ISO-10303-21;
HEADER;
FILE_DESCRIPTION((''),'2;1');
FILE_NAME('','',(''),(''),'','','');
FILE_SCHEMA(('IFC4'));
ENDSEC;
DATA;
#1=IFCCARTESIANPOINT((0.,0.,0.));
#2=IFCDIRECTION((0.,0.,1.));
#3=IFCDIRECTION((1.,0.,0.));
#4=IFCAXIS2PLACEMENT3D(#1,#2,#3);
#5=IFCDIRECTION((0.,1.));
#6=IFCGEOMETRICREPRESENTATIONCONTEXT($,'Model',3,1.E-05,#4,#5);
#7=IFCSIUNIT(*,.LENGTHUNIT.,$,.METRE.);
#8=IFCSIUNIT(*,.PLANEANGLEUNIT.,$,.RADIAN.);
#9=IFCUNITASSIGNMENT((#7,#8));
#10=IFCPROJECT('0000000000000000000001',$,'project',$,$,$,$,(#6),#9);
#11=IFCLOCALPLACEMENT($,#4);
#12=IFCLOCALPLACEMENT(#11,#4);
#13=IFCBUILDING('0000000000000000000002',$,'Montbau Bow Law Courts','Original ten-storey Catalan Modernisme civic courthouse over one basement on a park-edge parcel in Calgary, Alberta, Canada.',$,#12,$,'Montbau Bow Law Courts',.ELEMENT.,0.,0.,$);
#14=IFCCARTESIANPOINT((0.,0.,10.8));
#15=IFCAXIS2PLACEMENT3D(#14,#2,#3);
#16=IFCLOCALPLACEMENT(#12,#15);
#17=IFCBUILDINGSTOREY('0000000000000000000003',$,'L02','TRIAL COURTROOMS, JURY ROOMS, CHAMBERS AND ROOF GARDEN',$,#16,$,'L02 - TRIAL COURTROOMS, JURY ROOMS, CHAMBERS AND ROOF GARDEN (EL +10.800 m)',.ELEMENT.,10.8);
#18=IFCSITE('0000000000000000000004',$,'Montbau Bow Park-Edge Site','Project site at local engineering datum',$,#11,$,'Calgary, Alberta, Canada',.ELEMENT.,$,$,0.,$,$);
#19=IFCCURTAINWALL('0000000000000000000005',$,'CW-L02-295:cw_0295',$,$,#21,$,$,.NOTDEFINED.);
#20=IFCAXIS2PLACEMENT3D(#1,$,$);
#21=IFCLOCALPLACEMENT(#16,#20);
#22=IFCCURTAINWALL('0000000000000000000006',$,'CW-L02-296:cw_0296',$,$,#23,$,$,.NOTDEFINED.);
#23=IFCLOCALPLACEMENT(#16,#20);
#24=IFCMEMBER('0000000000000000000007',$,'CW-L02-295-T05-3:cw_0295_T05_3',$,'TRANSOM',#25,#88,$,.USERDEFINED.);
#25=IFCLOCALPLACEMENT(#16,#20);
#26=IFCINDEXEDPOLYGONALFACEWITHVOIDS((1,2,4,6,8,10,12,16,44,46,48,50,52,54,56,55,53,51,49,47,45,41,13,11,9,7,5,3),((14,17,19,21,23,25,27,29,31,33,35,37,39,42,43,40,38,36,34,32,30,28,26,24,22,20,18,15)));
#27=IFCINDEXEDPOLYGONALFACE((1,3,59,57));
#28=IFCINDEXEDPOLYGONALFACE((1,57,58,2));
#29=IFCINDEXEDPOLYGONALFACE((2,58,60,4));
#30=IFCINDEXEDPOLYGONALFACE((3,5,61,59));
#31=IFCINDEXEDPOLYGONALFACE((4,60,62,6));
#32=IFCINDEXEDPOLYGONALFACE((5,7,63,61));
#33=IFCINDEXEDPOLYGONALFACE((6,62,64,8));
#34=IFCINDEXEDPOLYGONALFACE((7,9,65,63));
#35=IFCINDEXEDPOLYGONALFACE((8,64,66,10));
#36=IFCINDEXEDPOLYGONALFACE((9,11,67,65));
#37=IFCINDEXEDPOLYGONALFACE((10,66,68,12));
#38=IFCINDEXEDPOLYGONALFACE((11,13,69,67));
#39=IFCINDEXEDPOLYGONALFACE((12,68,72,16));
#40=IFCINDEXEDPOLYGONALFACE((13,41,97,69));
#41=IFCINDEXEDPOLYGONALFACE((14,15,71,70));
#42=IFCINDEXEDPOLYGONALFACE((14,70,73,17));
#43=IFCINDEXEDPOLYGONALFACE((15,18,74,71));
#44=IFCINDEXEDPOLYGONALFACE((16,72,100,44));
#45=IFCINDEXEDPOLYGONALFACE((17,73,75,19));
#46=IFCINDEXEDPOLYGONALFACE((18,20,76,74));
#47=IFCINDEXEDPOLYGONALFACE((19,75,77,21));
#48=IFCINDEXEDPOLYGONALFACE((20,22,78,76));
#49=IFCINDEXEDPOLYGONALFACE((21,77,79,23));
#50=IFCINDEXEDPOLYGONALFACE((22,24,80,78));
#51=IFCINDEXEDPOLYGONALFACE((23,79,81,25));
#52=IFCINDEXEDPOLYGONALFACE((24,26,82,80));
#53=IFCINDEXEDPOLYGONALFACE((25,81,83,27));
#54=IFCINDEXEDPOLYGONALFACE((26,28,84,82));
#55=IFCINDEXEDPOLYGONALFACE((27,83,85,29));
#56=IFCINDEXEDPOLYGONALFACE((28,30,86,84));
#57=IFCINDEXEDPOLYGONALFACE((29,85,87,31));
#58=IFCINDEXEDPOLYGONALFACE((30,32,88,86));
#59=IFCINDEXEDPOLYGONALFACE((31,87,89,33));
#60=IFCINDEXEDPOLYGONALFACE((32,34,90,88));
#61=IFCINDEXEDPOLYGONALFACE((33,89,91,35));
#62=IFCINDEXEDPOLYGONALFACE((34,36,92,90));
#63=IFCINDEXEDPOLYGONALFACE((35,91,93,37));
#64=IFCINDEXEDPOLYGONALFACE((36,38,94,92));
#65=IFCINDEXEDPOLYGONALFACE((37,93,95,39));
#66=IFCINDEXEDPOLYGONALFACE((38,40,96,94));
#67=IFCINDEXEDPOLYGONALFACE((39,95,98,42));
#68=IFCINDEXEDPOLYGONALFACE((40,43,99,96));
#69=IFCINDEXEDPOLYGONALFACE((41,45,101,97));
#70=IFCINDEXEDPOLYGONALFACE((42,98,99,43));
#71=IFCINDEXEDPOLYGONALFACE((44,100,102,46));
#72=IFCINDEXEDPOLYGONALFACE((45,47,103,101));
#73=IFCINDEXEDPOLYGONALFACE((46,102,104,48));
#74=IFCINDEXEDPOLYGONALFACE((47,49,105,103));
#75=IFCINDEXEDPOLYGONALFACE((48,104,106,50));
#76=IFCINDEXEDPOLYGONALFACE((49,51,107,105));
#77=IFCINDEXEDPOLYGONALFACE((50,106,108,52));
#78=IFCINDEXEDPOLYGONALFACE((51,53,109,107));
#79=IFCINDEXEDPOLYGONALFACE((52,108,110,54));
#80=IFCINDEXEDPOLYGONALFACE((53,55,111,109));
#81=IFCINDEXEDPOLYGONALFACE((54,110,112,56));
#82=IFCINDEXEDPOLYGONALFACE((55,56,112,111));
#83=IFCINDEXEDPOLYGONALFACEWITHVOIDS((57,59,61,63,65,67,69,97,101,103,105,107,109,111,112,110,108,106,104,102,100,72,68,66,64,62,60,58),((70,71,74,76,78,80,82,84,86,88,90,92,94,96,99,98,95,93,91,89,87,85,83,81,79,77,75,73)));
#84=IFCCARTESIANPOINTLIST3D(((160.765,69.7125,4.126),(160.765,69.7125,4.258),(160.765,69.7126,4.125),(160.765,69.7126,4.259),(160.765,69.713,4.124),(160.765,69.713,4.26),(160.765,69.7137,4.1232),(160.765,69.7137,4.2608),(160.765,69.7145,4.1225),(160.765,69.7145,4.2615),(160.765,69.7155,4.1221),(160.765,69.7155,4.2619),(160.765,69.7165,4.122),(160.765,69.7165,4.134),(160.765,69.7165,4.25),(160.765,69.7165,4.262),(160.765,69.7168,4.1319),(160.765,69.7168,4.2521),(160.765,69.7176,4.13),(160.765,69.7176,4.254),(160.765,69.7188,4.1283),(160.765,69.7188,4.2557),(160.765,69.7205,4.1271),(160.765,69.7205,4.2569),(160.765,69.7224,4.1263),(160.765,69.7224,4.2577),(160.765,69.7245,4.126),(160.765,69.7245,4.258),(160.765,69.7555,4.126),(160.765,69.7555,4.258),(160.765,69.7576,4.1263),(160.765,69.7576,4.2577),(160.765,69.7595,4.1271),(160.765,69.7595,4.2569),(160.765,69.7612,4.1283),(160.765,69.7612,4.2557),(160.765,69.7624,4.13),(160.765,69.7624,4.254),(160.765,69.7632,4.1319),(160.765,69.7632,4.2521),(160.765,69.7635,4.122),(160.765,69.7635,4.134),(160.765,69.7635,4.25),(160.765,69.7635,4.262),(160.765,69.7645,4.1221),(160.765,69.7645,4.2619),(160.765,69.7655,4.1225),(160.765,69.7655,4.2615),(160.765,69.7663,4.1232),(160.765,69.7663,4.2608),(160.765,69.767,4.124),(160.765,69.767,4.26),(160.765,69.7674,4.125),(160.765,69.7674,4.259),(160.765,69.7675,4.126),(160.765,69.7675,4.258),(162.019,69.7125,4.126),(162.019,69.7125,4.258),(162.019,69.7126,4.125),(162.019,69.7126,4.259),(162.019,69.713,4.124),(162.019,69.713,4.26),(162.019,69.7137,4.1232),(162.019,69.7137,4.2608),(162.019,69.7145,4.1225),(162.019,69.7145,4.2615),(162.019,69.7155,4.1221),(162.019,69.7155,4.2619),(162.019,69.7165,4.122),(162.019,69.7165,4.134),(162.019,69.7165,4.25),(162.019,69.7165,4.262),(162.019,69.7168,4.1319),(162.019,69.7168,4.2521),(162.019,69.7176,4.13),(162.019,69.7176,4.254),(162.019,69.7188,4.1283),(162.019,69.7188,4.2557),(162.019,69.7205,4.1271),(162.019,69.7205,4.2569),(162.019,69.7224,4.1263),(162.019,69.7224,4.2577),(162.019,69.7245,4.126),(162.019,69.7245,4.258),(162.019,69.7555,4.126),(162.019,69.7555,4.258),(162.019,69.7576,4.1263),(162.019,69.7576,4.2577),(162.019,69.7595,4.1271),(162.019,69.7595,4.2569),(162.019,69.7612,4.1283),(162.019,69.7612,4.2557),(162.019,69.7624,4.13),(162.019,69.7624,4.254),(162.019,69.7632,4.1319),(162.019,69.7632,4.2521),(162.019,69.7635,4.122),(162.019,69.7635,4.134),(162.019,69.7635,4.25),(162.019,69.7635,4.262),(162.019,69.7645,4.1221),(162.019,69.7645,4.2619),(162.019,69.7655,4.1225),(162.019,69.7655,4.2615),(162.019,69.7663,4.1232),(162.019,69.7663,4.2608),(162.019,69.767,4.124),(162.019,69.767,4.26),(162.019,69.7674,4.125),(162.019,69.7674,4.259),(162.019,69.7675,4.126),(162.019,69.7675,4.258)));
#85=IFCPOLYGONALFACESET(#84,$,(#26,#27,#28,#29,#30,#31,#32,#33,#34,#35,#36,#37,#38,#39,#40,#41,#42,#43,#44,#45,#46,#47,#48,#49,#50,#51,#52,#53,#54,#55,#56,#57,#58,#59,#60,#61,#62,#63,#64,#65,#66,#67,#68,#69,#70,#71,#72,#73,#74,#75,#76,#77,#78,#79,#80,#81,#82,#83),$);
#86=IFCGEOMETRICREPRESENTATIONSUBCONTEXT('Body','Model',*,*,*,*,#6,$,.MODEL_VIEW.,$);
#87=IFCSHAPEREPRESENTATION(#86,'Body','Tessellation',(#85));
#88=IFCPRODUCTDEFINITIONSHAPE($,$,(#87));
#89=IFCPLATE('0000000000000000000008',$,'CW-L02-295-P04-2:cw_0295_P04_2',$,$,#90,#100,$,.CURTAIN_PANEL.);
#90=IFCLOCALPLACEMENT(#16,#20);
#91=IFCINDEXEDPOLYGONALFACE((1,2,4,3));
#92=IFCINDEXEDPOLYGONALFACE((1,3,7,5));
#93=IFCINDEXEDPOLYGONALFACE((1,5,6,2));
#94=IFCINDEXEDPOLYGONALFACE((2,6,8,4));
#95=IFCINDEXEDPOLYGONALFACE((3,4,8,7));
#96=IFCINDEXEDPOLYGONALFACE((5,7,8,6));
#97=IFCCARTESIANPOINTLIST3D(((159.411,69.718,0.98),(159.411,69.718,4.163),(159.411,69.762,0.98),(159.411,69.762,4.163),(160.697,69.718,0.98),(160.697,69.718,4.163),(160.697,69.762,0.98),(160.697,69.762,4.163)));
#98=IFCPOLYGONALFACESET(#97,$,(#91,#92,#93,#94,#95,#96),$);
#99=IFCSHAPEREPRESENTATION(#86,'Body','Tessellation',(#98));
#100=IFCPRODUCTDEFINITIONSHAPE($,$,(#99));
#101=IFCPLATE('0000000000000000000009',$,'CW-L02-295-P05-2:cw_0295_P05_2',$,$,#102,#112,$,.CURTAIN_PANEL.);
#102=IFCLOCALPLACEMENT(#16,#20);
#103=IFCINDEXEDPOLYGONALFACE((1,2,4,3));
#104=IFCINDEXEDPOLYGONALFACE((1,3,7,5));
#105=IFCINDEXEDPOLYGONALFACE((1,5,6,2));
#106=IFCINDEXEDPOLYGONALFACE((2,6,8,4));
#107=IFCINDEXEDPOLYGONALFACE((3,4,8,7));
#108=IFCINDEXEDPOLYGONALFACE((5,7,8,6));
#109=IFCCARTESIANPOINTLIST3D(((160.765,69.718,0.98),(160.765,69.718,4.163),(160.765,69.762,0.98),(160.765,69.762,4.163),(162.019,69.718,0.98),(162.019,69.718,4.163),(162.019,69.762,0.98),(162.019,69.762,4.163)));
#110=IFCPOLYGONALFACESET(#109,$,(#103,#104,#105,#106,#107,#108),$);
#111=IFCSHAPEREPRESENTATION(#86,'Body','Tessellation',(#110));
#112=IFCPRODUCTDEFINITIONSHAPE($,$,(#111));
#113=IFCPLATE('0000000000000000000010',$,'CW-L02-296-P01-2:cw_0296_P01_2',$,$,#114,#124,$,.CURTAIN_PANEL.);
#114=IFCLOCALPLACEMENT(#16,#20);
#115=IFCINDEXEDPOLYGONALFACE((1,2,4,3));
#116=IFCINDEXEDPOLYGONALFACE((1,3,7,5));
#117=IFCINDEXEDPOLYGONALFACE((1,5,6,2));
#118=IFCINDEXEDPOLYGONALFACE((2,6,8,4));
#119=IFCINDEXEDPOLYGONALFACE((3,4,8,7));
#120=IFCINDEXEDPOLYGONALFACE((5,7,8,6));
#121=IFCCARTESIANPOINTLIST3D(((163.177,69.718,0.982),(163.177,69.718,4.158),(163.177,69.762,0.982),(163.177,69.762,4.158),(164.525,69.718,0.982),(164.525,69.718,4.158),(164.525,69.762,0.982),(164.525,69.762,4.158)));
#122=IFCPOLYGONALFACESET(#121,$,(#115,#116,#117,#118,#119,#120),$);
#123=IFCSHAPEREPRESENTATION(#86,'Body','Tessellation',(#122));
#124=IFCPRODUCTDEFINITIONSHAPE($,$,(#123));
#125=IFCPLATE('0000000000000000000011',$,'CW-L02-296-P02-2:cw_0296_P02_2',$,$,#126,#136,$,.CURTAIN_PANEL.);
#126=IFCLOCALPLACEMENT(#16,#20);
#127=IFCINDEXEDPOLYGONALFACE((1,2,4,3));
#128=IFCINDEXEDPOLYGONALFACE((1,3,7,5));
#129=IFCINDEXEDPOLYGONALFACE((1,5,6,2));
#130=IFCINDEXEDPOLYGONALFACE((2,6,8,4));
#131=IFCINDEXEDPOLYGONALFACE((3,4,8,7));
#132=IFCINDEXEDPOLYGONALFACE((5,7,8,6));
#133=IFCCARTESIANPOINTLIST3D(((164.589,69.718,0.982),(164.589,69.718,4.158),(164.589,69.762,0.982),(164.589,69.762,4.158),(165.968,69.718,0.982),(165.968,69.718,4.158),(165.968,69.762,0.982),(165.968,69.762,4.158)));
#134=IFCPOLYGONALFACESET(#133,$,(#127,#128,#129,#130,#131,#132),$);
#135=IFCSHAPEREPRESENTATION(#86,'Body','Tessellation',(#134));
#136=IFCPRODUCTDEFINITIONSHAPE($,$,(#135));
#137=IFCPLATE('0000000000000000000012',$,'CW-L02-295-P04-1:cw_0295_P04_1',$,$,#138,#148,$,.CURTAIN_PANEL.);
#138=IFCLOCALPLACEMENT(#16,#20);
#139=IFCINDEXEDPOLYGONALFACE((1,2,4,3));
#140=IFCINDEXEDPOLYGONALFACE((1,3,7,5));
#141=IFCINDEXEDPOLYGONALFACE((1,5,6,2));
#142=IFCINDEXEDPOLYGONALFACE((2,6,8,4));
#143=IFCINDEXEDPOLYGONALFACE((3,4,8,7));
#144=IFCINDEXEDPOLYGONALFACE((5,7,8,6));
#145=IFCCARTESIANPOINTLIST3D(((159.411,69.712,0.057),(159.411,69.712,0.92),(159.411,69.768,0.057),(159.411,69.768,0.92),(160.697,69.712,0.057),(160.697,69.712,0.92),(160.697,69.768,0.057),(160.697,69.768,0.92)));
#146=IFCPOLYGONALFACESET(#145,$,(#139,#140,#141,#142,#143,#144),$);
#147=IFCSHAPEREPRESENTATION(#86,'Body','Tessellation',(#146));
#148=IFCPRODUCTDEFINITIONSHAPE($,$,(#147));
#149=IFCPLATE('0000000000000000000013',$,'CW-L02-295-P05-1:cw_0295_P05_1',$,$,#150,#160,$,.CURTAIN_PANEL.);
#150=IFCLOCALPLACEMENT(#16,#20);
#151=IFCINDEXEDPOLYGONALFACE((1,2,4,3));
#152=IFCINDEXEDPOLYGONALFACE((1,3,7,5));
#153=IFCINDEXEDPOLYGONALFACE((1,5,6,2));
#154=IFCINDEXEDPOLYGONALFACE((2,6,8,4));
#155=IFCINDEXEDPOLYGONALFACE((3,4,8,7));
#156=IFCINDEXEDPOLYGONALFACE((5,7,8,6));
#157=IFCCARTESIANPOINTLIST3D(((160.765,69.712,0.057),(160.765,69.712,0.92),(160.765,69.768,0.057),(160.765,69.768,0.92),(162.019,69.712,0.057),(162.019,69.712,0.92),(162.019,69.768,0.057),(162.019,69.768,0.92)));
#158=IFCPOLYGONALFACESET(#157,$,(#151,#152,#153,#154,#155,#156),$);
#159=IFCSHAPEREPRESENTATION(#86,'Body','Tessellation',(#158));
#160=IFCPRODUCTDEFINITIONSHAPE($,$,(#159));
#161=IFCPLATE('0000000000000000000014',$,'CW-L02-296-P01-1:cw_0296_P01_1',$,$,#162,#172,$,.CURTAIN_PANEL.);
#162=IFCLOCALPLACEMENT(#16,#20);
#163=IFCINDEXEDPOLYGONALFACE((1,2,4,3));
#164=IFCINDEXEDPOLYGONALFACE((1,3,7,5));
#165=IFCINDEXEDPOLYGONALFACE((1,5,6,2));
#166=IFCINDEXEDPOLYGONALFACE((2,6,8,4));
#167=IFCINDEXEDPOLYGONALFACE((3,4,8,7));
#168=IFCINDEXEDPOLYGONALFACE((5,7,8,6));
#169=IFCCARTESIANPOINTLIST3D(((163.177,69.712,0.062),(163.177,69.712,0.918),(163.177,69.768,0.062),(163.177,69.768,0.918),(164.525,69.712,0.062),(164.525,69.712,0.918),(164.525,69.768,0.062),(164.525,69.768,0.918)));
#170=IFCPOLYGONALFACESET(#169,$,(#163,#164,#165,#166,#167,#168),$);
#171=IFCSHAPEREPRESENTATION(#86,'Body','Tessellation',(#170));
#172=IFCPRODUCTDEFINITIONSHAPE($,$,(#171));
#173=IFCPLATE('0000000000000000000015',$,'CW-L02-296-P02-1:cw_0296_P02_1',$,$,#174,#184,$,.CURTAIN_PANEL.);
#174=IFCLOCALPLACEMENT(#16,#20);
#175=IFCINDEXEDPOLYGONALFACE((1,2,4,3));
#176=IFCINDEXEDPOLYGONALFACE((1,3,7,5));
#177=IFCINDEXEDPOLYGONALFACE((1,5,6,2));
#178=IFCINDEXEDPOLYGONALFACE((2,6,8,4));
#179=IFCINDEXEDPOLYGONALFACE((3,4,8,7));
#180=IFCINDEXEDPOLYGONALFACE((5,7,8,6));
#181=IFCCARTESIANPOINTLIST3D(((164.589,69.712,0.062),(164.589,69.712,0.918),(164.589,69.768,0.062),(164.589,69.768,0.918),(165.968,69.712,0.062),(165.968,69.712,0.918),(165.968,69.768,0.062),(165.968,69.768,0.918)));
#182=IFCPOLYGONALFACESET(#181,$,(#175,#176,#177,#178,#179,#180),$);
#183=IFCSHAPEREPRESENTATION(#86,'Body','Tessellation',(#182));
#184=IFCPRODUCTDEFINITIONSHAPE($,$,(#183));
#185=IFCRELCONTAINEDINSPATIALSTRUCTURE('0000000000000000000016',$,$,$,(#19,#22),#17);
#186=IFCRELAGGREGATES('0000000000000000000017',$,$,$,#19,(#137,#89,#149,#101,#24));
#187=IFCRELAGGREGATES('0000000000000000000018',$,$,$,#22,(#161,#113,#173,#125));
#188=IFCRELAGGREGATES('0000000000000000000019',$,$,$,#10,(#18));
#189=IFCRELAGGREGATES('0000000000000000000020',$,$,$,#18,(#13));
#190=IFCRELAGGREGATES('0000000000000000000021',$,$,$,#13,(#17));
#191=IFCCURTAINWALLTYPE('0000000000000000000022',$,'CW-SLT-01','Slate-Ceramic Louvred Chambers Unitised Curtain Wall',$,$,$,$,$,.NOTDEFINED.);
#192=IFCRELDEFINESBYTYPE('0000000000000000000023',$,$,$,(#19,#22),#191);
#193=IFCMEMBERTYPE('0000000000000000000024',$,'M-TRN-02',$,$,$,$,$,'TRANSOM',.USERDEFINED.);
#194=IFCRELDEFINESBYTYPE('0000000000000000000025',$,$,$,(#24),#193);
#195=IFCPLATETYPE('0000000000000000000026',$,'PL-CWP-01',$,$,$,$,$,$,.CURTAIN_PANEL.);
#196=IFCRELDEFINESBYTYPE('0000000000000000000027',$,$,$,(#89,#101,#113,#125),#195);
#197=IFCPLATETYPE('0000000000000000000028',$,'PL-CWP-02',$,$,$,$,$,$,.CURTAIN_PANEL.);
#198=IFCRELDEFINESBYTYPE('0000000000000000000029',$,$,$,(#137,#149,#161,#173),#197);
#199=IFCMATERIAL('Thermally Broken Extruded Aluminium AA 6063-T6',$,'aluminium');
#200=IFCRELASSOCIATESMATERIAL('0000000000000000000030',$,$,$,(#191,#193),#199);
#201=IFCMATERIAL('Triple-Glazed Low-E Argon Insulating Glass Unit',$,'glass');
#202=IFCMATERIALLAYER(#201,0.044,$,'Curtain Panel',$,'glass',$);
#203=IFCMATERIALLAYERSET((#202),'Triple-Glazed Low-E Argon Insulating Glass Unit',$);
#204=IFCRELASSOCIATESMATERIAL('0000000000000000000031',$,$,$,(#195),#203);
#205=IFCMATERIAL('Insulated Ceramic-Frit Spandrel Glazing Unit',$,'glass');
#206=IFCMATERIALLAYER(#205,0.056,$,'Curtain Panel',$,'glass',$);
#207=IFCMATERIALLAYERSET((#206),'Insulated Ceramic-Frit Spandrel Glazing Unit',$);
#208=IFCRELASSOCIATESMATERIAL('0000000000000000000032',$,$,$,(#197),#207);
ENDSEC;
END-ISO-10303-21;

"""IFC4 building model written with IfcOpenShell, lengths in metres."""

from ifc_helpers import new_model, si_unit, direction, frame, frame_2d, origin_with_axes, origin_2d_with_axis, place, context, subcontext, project, spatial, rectangle, hollow_rectangle, extrude, material, layer, layer_set, material_profile, profile_set, type_object, element, aggregate, save


model = new_model("IFC4")

# Units and contexts
model_context = context("Model", 3, precision=1e-05, world=origin_with_axes(), true_north=direction((0.0, 1.0)))
body_context = subcontext(model_context, "Body", "Model", "MODEL_VIEW")
ifc_project = project(units=[si_unit("LENGTHUNIT", "METRE"), si_unit("PLANEANGLEUNIT", "RADIAN")], contexts=[model_context])

# Site, building, storey
site_placement = place(None, origin_with_axes())
site = spatial("IfcSite", under=ifc_project, at=site_placement, Name="Montbau Bow Park-Edge Site", Description="Project site at local engineering datum", LongName="Calgary, Alberta, Canada", CompositionType="ELEMENT", RefElevation=0.0)
building_placement = place(site_placement, origin_with_axes())
building = spatial("IfcBuilding", under=site, at=building_placement, Name="Montbau Bow Law Courts", Description="Original ten-storey Catalan Modernisme civic courthouse over one basement on a park-edge parcel in Calgary, Alberta, Canada.", LongName="Montbau Bow Law Courts", CompositionType="ELEMENT", ElevationOfRefHeight=0.0, ElevationOfTerrain=0.0)
storey_placement = place(building_placement, frame((0.0, 0.0, 10.8), z_axis=(0.0, 0.0, 1.0), x_axis=(1.0, 0.0, 0.0)))
storey = spatial("IfcBuildingStorey", under=building, at=storey_placement, Name="L02", Description="TRIAL COURTROOMS, JURY ROOMS, CHAMBERS AND ROOF GARDEN", LongName="L02 - TRIAL COURTROOMS, JURY ROOMS, CHAMBERS AND ROOF GARDEN (EL +10.800 m)", CompositionType="ELEMENT", Elevation=10.8)

# Curtain walls
ifc_material_1 = material(Name="Thermally Broken Extruded Aluminium AA 6063-T6", Category="aluminium")
curtain_wall_type = type_object("IfcCurtainWallType", Name="CW-SLT-01", Description="Slate-Ceramic Louvred Chambers Unitised Curtain Wall", PredefinedType="NOTDEFINED", material=ifc_material_1)
curtain_wall_1_placement = place(None, frame((155.315, 69.74, 10.8), z_axis=(0.0, 0.0, 1.0), x_axis=(1.0, 0.0, 0.0)))
curtain_wall_1 = element("IfcCurtainWall", 1, at=curtain_wall_1_placement, inside=storey, type_object=curtain_wall_type, Name="CW-L02-295:cw_0295", PredefinedType="NOTDEFINED")
curtain_wall_2_placement = place(None, frame((163.115, 69.74, 10.8), z_axis=(0.0, 0.0, 1.0), x_axis=(1.0, 0.0, 0.0)))
curtain_wall_2 = element("IfcCurtainWall", 2, at=curtain_wall_2_placement, inside=storey, type_object=curtain_wall_type, Name="CW-L02-296:cw_0296", PredefinedType="NOTDEFINED")

# Member
ifc_material_profile_1 = material_profile(ifc_material_1, hollow_rectangle(XDim=0.055, YDim=0.14, WallThickness=0.004, InnerFilletRadius=0.008, OuterFilletRadius=0.004, at=origin_2d_with_axis()), Name="CWT-140X55", Category="Main", Priority=0)
ifc_profile_set_1 = profile_set([ifc_material_profile_1], Name="Thermally Broken Extruded Aluminium AA 6063-T6")
member_type_1 = type_object("IfcMemberType", Name="M-TRN-02", ElementType="TRANSOM", PredefinedType="USERDEFINED", material=ifc_profile_set_1)
member_1_placement = place(None, frame((160.765, 69.74, 14.992), z_axis=(1.0, 0.0, 0.0), x_axis=(0.0, 1.0, 0.0)))
member_1 = element("IfcMember", 3, at=member_1_placement, type_object=member_type_1, Name="CW-L02-295-T05-3:cw_0295_T05_3", ObjectType="TRANSOM", PredefinedType="USERDEFINED", context=body_context, shape_type="SweptSolid", body=[
    extrude(hollow_rectangle(XDim=0.055, YDim=0.14, WallThickness=0.004, InnerFilletRadius=0.008, OuterFilletRadius=0.004, at=origin_2d_with_axis()), origin_with_axes(), (0.0, 0.0, 1.0), 1.254),
])

# Plates
ifc_material_2 = material(Name="Triple-Glazed Low-E Argon Insulating Glass Unit", Category="glass")
ifc_layer_1 = layer(ifc_material_2, 0.044, Name="Curtain Panel", Category="glass")
ifc_layer_set_1 = layer_set([ifc_layer_1], Name="Triple-Glazed Low-E Argon Insulating Glass Unit")
plate_type_1 = type_object("IfcPlateType", Name="PL-CWP-01", PredefinedType="CURTAIN_PANEL", material=ifc_layer_set_1)
plate_1_placement = place(None, frame((159.411, 69.74, 11.78), z_axis=(0.0, -1.0, 0.0), x_axis=(1.0, 0.0, 0.0)))
plate_1 = element("IfcPlate", 4, at=plate_1_placement, type_object=plate_type_1, Name="CW-L02-295-P04-2:cw_0295_P04_2", PredefinedType="CURTAIN_PANEL", context=body_context, shape_type="SweptSolid", body=[
    extrude(rectangle(XDim=1.286, YDim=3.183, at=frame_2d((0.643, 1.5915), x_axis=(1.0, 0.0))), frame((0.0, 0.0, -0.022), z_axis=(0.0, 0.0, 1.0), x_axis=(1.0, 0.0, 0.0)), (0.0, 0.0, 1.0), 0.044),
])
plate_2_placement = place(None, frame((160.765, 69.74, 11.78), z_axis=(0.0, -1.0, 0.0), x_axis=(1.0, 0.0, 0.0)))
plate_2 = element("IfcPlate", 5, at=plate_2_placement, type_object=plate_type_1, Name="CW-L02-295-P05-2:cw_0295_P05_2", PredefinedType="CURTAIN_PANEL", context=body_context, shape_type="SweptSolid", body=[
    extrude(rectangle(XDim=1.254, YDim=3.183, at=frame_2d((0.627, 1.5915), x_axis=(1.0, 0.0))), frame((0.0, 0.0, -0.022), z_axis=(0.0, 0.0, 1.0), x_axis=(1.0, 0.0, 0.0)), (0.0, 0.0, 1.0), 0.044),
])
plate_3_placement = place(None, frame((163.177, 69.74, 11.782), z_axis=(0.0, -1.0, 0.0), x_axis=(1.0, 0.0, 0.0)))
plate_3 = element("IfcPlate", 6, at=plate_3_placement, type_object=plate_type_1, Name="CW-L02-296-P01-2:cw_0296_P01_2", PredefinedType="CURTAIN_PANEL", context=body_context, shape_type="SweptSolid", body=[
    extrude(rectangle(XDim=1.348, YDim=3.176, at=frame_2d((0.674, 1.588), x_axis=(1.0, 0.0))), frame((0.0, 0.0, -0.022), z_axis=(0.0, 0.0, 1.0), x_axis=(1.0, 0.0, 0.0)), (0.0, 0.0, 1.0), 0.044),
])
plate_4_placement = place(None, frame((164.589, 69.74, 11.782), z_axis=(0.0, -1.0, 0.0), x_axis=(1.0, 0.0, 0.0)))
plate_4 = element("IfcPlate", 7, at=plate_4_placement, type_object=plate_type_1, Name="CW-L02-296-P02-2:cw_0296_P02_2", PredefinedType="CURTAIN_PANEL", context=body_context, shape_type="SweptSolid", body=[
    extrude(rectangle(XDim=1.379, YDim=3.176, at=frame_2d((0.6895, 1.588), x_axis=(1.0, 0.0))), frame((0.0, 0.0, -0.022), z_axis=(0.0, 0.0, 1.0), x_axis=(1.0, 0.0, 0.0)), (0.0, 0.0, 1.0), 0.044),
])
ifc_material_3 = material(Name="Insulated Ceramic-Frit Spandrel Glazing Unit", Category="glass")
ifc_layer_2 = layer(ifc_material_3, 0.056, Name="Curtain Panel", Category="glass")
ifc_layer_set_2 = layer_set([ifc_layer_2], Name="Insulated Ceramic-Frit Spandrel Glazing Unit")
plate_type_2 = type_object("IfcPlateType", Name="PL-CWP-02", PredefinedType="CURTAIN_PANEL", material=ifc_layer_set_2)
plate_5_placement = place(None, frame((159.411, 69.74, 10.857), z_axis=(0.0, -1.0, 0.0), x_axis=(1.0, 0.0, 0.0)))
plate_5 = element("IfcPlate", 8, at=plate_5_placement, type_object=plate_type_2, Name="CW-L02-295-P04-1:cw_0295_P04_1", PredefinedType="CURTAIN_PANEL", context=body_context, shape_type="SweptSolid", body=[
    extrude(rectangle(XDim=1.286, YDim=0.863, at=frame_2d((0.643, 0.4315), x_axis=(1.0, 0.0))), frame((0.0, 0.0, -0.028), z_axis=(0.0, 0.0, 1.0), x_axis=(1.0, 0.0, 0.0)), (0.0, 0.0, 1.0), 0.056),
])
plate_6_placement = place(None, frame((160.765, 69.74, 10.857), z_axis=(0.0, -1.0, 0.0), x_axis=(1.0, 0.0, 0.0)))
plate_6 = element("IfcPlate", 9, at=plate_6_placement, type_object=plate_type_2, Name="CW-L02-295-P05-1:cw_0295_P05_1", PredefinedType="CURTAIN_PANEL", context=body_context, shape_type="SweptSolid", body=[
    extrude(rectangle(XDim=1.254, YDim=0.863, at=frame_2d((0.627, 0.4315), x_axis=(1.0, 0.0))), frame((0.0, 0.0, -0.028), z_axis=(0.0, 0.0, 1.0), x_axis=(1.0, 0.0, 0.0)), (0.0, 0.0, 1.0), 0.056),
])
aggregate(curtain_wall_1, [plate_5, plate_1, plate_6, plate_2, member_1])
plate_7_placement = place(None, frame((163.177, 69.74, 10.862), z_axis=(0.0, -1.0, 0.0), x_axis=(1.0, 0.0, 0.0)))
plate_7 = element("IfcPlate", 10, at=plate_7_placement, type_object=plate_type_2, Name="CW-L02-296-P01-1:cw_0296_P01_1", PredefinedType="CURTAIN_PANEL", context=body_context, shape_type="SweptSolid", body=[
    extrude(rectangle(XDim=1.348, YDim=0.856, at=frame_2d((0.674, 0.428), x_axis=(1.0, 0.0))), frame((0.0, 0.0, -0.028), z_axis=(0.0, 0.0, 1.0), x_axis=(1.0, 0.0, 0.0)), (0.0, 0.0, 1.0), 0.056),
])
plate_8_placement = place(None, frame((164.589, 69.74, 10.862), z_axis=(0.0, -1.0, 0.0), x_axis=(1.0, 0.0, 0.0)))
plate_8 = element("IfcPlate", 11, at=plate_8_placement, type_object=plate_type_2, Name="CW-L02-296-P02-1:cw_0296_P02_1", PredefinedType="CURTAIN_PANEL", context=body_context, shape_type="SweptSolid", body=[
    extrude(rectangle(XDim=1.379, YDim=0.856, at=frame_2d((0.6895, 0.428), x_axis=(1.0, 0.0))), frame((0.0, 0.0, -0.028), z_axis=(0.0, 0.0, 1.0), x_axis=(1.0, 0.0, 0.0)), (0.0, 0.0, 1.0), 0.056),
])
aggregate(curtain_wall_2, [plate_7, plate_3, plate_8, plate_4])

save(model, "model.ifc")
